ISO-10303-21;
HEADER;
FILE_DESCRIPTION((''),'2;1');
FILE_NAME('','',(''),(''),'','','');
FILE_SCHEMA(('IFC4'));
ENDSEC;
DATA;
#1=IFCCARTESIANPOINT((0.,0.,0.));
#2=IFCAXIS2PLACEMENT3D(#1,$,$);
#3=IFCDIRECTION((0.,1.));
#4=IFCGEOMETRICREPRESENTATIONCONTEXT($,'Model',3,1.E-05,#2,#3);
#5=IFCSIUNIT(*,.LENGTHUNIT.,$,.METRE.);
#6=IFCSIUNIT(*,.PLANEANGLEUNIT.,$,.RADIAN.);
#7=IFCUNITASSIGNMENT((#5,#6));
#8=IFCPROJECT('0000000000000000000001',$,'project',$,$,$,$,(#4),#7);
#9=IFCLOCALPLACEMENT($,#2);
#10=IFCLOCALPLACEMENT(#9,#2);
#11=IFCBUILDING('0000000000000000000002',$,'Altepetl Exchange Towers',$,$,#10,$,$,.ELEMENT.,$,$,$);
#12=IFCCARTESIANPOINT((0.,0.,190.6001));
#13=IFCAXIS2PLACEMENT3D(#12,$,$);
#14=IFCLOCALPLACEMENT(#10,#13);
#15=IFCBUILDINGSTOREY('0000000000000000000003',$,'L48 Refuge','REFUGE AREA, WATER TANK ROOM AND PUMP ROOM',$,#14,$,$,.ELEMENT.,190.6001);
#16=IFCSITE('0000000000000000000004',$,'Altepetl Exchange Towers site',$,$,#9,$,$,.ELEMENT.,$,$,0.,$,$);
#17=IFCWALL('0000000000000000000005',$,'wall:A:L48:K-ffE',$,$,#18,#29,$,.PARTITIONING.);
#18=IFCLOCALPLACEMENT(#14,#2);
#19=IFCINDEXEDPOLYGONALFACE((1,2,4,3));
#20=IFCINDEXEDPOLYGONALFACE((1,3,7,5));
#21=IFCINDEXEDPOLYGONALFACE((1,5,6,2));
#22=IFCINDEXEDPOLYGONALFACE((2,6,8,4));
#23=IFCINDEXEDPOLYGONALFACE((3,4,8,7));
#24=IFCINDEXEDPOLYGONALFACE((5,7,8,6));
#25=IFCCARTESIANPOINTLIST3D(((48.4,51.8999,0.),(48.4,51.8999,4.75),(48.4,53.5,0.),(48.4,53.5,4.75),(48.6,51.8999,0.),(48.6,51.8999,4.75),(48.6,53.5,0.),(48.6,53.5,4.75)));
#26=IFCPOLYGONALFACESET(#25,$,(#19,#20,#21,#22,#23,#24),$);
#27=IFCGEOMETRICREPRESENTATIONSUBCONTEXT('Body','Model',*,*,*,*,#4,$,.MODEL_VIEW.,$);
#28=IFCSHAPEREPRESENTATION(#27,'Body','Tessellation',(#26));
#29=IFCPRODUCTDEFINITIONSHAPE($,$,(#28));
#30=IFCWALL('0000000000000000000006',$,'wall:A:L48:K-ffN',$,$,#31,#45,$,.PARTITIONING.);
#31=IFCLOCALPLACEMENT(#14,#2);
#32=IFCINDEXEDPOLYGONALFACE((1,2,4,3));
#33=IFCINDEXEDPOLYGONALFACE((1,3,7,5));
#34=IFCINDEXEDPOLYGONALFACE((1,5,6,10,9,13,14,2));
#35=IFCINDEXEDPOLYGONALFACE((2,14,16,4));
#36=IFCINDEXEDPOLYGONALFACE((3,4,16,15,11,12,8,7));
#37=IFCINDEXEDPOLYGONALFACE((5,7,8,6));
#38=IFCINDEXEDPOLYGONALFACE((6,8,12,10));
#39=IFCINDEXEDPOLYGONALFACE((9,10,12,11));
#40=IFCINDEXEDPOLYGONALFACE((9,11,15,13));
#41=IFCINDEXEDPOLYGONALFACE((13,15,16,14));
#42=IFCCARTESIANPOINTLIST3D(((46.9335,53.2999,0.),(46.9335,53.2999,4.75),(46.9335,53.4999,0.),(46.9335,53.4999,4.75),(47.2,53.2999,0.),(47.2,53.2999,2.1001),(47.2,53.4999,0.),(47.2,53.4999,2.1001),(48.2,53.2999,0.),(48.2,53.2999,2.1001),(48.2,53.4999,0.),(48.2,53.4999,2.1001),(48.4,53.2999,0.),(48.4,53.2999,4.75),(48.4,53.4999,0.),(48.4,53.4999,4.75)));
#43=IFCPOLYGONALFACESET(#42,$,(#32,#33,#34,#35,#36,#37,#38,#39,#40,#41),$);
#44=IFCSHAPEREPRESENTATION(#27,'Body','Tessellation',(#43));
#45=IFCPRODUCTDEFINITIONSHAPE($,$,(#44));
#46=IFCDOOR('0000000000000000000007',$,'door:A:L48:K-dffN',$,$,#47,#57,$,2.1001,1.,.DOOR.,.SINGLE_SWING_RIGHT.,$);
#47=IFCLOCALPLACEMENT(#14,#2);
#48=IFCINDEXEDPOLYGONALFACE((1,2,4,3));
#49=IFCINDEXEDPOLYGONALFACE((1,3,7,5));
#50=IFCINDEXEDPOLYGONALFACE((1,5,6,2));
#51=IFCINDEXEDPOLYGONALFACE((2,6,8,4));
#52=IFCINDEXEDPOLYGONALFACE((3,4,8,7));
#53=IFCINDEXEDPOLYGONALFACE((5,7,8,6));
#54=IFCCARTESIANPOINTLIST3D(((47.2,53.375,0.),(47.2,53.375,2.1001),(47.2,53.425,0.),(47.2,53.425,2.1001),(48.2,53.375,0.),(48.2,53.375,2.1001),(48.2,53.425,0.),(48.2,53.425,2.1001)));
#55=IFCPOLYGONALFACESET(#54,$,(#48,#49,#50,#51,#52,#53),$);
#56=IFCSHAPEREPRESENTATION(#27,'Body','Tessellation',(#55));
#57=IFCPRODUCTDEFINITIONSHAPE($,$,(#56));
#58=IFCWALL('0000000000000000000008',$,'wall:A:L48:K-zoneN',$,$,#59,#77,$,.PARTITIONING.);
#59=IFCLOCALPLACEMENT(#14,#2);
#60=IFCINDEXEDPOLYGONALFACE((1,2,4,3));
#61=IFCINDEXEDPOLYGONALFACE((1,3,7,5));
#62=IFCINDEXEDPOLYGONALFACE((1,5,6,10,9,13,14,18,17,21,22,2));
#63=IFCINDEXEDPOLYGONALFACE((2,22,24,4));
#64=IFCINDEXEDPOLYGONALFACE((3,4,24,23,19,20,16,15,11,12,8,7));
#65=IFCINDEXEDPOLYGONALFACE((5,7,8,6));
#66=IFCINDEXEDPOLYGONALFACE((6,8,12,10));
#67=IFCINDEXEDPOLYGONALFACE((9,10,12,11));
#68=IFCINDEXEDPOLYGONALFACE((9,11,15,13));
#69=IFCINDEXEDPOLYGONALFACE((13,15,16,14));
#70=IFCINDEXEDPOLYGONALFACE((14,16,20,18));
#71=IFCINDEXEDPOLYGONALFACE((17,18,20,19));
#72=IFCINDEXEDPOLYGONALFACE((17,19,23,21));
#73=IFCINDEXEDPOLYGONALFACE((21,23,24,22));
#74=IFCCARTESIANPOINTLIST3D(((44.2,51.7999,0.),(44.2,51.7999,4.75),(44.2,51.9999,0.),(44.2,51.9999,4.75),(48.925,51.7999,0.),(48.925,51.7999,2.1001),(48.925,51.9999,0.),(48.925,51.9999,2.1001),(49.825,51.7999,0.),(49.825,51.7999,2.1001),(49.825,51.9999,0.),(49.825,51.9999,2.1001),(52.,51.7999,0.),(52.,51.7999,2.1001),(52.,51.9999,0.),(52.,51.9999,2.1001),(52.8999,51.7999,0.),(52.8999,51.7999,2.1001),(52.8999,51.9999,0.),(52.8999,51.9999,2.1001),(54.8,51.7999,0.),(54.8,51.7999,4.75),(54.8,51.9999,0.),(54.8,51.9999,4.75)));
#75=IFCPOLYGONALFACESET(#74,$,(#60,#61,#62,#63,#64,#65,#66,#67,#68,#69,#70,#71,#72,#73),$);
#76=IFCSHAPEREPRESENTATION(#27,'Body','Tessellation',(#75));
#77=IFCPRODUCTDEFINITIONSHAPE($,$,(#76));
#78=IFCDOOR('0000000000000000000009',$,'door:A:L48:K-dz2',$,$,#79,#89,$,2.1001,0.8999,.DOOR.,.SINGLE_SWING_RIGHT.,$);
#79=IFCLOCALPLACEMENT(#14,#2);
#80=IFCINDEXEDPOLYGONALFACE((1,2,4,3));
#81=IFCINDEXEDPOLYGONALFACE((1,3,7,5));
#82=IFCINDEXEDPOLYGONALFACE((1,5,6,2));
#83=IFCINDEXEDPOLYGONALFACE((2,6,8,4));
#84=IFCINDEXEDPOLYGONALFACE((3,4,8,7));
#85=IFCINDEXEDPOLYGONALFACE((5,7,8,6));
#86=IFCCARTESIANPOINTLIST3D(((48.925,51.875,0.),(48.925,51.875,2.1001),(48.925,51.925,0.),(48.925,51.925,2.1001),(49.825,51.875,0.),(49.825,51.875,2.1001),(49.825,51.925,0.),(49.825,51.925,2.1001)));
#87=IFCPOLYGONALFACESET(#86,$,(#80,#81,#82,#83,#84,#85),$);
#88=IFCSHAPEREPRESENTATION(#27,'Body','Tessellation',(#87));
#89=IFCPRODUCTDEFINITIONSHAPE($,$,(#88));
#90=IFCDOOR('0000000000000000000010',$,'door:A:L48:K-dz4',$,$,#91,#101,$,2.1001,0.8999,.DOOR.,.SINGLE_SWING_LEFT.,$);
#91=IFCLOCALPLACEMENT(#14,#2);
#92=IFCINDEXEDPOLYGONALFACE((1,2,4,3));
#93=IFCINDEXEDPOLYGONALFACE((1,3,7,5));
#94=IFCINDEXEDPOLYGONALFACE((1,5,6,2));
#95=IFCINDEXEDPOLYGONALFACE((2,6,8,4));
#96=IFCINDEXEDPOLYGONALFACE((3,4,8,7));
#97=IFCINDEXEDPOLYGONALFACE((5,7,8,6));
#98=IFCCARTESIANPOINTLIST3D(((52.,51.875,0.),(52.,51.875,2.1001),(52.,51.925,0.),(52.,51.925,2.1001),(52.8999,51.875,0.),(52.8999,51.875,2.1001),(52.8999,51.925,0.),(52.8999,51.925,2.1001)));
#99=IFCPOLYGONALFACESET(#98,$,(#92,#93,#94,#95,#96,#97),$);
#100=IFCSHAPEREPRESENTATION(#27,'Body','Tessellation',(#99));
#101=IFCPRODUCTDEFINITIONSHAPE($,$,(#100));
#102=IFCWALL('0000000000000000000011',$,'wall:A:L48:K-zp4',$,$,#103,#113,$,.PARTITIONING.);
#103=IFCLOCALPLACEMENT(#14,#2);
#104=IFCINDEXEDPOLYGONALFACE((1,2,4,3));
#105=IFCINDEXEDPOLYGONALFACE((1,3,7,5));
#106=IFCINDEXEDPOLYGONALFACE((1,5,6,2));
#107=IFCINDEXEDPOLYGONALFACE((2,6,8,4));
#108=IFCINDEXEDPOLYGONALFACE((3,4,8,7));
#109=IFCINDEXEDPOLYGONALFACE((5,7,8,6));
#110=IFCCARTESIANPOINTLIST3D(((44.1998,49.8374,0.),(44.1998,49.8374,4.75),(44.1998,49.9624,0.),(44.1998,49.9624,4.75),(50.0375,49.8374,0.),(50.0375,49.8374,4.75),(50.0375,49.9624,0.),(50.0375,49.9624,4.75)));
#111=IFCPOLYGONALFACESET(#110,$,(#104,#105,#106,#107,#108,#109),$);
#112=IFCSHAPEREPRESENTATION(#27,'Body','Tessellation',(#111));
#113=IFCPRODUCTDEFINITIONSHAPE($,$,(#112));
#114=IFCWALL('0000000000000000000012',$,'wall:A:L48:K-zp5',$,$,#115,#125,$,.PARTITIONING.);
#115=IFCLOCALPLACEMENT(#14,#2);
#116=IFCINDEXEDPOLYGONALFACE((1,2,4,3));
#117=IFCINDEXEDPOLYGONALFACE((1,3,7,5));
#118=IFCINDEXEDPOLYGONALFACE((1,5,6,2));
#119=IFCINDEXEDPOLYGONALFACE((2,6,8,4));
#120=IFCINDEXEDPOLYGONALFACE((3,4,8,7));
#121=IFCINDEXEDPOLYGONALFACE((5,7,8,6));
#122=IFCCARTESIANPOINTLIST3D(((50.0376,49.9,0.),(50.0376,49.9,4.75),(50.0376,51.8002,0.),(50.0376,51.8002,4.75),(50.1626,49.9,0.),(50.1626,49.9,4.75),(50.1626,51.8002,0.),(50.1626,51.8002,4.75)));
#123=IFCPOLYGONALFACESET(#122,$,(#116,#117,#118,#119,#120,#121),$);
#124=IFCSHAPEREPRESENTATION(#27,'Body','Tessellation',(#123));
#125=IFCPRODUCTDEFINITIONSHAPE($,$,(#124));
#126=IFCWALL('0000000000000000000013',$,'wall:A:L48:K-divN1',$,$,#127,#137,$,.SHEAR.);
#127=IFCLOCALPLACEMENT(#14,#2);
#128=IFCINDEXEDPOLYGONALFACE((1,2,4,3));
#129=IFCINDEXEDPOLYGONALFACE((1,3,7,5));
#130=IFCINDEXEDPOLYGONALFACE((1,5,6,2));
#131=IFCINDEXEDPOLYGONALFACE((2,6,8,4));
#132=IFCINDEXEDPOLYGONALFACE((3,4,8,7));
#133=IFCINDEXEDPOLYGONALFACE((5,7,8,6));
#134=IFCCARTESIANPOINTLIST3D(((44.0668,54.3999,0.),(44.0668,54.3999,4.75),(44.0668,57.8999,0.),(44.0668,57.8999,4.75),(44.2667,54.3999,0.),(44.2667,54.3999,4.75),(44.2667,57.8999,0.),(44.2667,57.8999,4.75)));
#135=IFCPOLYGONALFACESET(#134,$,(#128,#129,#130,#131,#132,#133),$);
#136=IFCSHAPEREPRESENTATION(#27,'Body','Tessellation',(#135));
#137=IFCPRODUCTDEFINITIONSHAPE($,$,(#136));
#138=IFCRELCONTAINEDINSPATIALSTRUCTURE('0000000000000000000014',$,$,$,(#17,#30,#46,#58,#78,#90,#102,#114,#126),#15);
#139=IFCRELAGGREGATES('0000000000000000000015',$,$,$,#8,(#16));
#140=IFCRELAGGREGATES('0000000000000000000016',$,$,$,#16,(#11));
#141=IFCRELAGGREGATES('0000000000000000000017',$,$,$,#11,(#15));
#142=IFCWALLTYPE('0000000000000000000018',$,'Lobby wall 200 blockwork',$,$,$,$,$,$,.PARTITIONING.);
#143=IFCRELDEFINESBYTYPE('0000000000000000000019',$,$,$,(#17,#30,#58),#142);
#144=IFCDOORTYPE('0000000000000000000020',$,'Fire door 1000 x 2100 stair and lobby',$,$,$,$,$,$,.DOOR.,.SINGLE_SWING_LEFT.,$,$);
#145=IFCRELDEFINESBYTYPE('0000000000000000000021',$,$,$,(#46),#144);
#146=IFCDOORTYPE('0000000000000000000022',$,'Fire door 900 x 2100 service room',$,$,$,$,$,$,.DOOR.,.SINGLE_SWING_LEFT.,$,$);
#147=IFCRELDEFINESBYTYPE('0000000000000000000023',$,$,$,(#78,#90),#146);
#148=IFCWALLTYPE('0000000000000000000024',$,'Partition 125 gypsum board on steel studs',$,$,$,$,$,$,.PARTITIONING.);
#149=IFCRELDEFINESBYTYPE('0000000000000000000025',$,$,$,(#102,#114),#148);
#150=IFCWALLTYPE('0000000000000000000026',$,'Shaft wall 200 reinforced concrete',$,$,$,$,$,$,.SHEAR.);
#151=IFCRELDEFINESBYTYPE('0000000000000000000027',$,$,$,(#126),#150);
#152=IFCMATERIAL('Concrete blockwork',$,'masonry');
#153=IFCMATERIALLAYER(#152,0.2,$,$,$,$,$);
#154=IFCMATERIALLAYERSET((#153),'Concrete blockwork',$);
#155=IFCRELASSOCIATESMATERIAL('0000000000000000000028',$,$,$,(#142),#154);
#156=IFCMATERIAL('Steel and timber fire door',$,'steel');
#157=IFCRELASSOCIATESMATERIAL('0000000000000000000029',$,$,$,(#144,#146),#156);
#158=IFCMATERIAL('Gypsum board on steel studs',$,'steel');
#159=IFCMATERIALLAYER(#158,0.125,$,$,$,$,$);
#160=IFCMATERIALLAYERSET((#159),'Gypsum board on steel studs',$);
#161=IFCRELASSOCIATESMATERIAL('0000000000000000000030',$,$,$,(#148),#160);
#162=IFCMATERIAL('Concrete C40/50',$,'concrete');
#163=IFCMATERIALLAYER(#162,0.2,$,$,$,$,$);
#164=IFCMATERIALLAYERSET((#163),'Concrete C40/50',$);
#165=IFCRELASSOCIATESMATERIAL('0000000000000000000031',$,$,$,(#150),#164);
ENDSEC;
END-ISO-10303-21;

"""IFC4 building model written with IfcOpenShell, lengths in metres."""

from ifc_helpers import new_model, si_unit, direction, frame, frame_2d, origin, place, context, subcontext, project, spatial, rectangle, extrude, material, layer, layer_set, type_object, element, fill, save


model = new_model("IFC4")

# Units and contexts
model_context = context("Model", 3, precision=1e-05, world=origin(), true_north=direction((0.0, 1.0)))
body_context = subcontext(model_context, "Body", "Model", "MODEL_VIEW")
ifc_project = project(units=[si_unit("LENGTHUNIT", "METRE"), si_unit("PLANEANGLEUNIT", "RADIAN")], contexts=[model_context])

# Site, building, storey
site_placement = place(None, origin())
site = spatial("IfcSite", under=ifc_project, at=site_placement, Name="Altepetl Exchange Towers site", CompositionType="ELEMENT", RefElevation=0.0)
building_placement = place(site_placement, origin())
building = spatial("IfcBuilding", under=site, at=building_placement, Name="Altepetl Exchange Towers", CompositionType="ELEMENT")
storey_placement = place(building_placement, frame((0.0, 0.0, 190.6001)))
storey = spatial("IfcBuildingStorey", under=building, at=storey_placement, Name="L48 Refuge", Description="REFUGE AREA, WATER TANK ROOM AND PUMP ROOM", CompositionType="ELEMENT", Elevation=190.6001)

# Wall
ifc_material_1 = material(Name="Concrete blockwork", Category="masonry")
ifc_layer_1 = layer(ifc_material_1, 0.2)
ifc_layer_set_1 = layer_set([ifc_layer_1], Name="Concrete blockwork")
wall_type_1 = type_object("IfcWallType", Name="Lobby wall 200 blockwork", PredefinedType="PARTITIONING", material=ifc_layer_set_1)
wall_1_placement = place(storey_placement, frame((48.5, 51.8999, 0.0), z_axis=(0.0, 0.0, 1.0), x_axis=(0.0, 1.0, 0.0)))
element("IfcWall", 1, at=wall_1_placement, inside=storey, type_object=wall_type_1, Name="wall:A:L48:K-ffE", PredefinedType="PARTITIONING", context=body_context, shape_type="SweptSolid", body=[
    extrude(rectangle(XDim=1.6001, YDim=0.2, at=frame_2d((0.8, 0.0))), origin(), (0.0, 0.0, 1.0), 4.75),
])

# Wall, opening, door
wall_2_placement = place(storey_placement, frame((46.9333, 53.3999, 0.0)))
wall_2 = element("IfcWall", 2, at=wall_2_placement, inside=storey, type_object=wall_type_1, Name="wall:A:L48:K-ffN", PredefinedType="PARTITIONING", context=body_context, shape_type="SweptSolid", body=[
    extrude(rectangle(XDim=1.4666, YDim=0.2, at=frame_2d((0.7334, 0.0))), origin(), (0.0, 0.0, 1.0), 4.75),
])
opening_1_placement = place(wall_2_placement, frame((0.2666, 0.0, 0.0)))
opening_1 = element("IfcOpeningElement", 3, at=opening_1_placement, cuts=wall_2, PredefinedType="OPENING", context=body_context, shape_type="SweptSolid", body=[
    extrude(rectangle(XDim=1.0, YDim=2.1001, at=frame_2d((0.5, 1.05))), frame((0.0, 0.1099, 0.0), z_axis=(0.0, -1.0, 0.0), x_axis=(1.0, 0.0, 0.0)), (0.0, 0.0, 1.0), 0.22),
])
ifc_material_2 = material(Name="Steel and timber fire door", Category="steel")
door_type_1 = type_object("IfcDoorType", Name="Fire door 1000 x 2100 stair and lobby", OperationType="SINGLE_SWING_LEFT", PredefinedType="DOOR", material=ifc_material_2)
door_1_placement = place(opening_1_placement, frame((1.0, 0.0, 0.0), x_axis=(-1.0, 0.0, 0.0)))
door_1 = element("IfcDoor", 4, at=door_1_placement, inside=storey, type_object=door_type_1, Name="door:A:L48:K-dffN", OperationType="SINGLE_SWING_RIGHT", OverallHeight=2.1001, OverallWidth=1.0, PredefinedType="DOOR", context=body_context, shape_type="SweptSolid", body=[
    extrude(rectangle(XDim=1.0, YDim=2.1001, at=frame_2d((0.5, 1.05))), frame((0.0, 0.0249, 0.0), z_axis=(0.0, -1.0, 0.0), x_axis=(1.0, 0.0, 0.0)), (0.0, 0.0, 1.0), 0.05),
])
fill(opening_1, door_1)

# Wall, openings, doors
wall_3_placement = place(storey_placement, frame((44.2, 51.8999, 0.0)))
wall_3 = element("IfcWall", 5, at=wall_3_placement, inside=storey, type_object=wall_type_1, Name="wall:A:L48:K-zoneN", PredefinedType="PARTITIONING", context=body_context, shape_type="SweptSolid", body=[
    extrude(rectangle(XDim=10.6001, YDim=0.2, at=frame_2d((5.3, 0.0))), origin(), (0.0, 0.0, 1.0), 4.75),
])
opening_2_placement = place(wall_3_placement, frame((4.7251, 0.0, 0.0)))
opening_2 = element("IfcOpeningElement", 6, at=opening_2_placement, cuts=wall_3, PredefinedType="OPENING", context=body_context, shape_type="SweptSolid", body=[
    extrude(rectangle(XDim=0.8999, YDim=2.1001, at=frame_2d((0.45, 1.05))), frame((0.0, 0.1099, 0.0), z_axis=(0.0, -1.0, 0.0), x_axis=(1.0, 0.0, 0.0)), (0.0, 0.0, 1.0), 0.22),
])
opening_3_placement = place(wall_3_placement, frame((7.8, 0.0, 0.0)))
opening_3 = element("IfcOpeningElement", 7, at=opening_3_placement, cuts=wall_3, PredefinedType="OPENING", context=body_context, shape_type="SweptSolid", body=[
    extrude(rectangle(XDim=0.8999, YDim=2.1001, at=frame_2d((0.45, 1.05))), frame((0.0, 0.1099, 0.0), z_axis=(0.0, -1.0, 0.0), x_axis=(1.0, 0.0, 0.0)), (0.0, 0.0, 1.0), 0.22),
])
door_type_2 = type_object("IfcDoorType", Name="Fire door 900 x 2100 service room", OperationType="SINGLE_SWING_LEFT", PredefinedType="DOOR", material=ifc_material_2)
door_2_placement = place(opening_2_placement, frame((0.8999, 0.0, 0.0), x_axis=(-1.0, 0.0, 0.0)))
door_2 = element("IfcDoor", 8, at=door_2_placement, inside=storey, type_object=door_type_2, Name="door:A:L48:K-dz2", OperationType="SINGLE_SWING_RIGHT", OverallHeight=2.1001, OverallWidth=0.8999, PredefinedType="DOOR", context=body_context, shape_type="SweptSolid", body=[
    extrude(rectangle(XDim=0.8999, YDim=2.1001, at=frame_2d((0.45, 1.05))), frame((0.0, 0.0249, 0.0), z_axis=(0.0, -1.0, 0.0), x_axis=(1.0, 0.0, 0.0)), (0.0, 0.0, 1.0), 0.05),
])
fill(opening_2, door_2)
door_3_placement = place(opening_3_placement, frame((0.8999, 0.0, 0.0), x_axis=(-1.0, 0.0, 0.0)))
door_3 = element("IfcDoor", 9, at=door_3_placement, inside=storey, type_object=door_type_2, Name="door:A:L48:K-dz4", OperationType="SINGLE_SWING_LEFT", OverallHeight=2.1001, OverallWidth=0.8999, PredefinedType="DOOR", context=body_context, shape_type="SweptSolid", body=[
    extrude(rectangle(XDim=0.8999, YDim=2.1001, at=frame_2d((0.45, 1.05))), frame((0.0, 0.0249, 0.0), z_axis=(0.0, -1.0, 0.0), x_axis=(1.0, 0.0, 0.0)), (0.0, 0.0, 1.0), 0.05),
])
fill(opening_3, door_3)

# Walls
ifc_material_3 = material(Name="Gypsum board on steel studs", Category="steel")
ifc_layer_2 = layer(ifc_material_3, 0.125)
ifc_layer_set_2 = layer_set([ifc_layer_2], Name="Gypsum board on steel studs")
wall_type_2 = type_object("IfcWallType", Name="Partition 125 gypsum board on steel studs", PredefinedType="PARTITIONING", material=ifc_layer_set_2)
wall_4_placement = place(storey_placement, frame((50.0376, 49.8999, 0.0), z_axis=(0.0, 0.0, 1.0), x_axis=(-1.0, 0.0, 0.0)))
element("IfcWall", 10, at=wall_4_placement, inside=storey, type_object=wall_type_2, Name="wall:A:L48:K-zp4", PredefinedType="PARTITIONING", context=body_context, shape_type="SweptSolid", body=[
    extrude(rectangle(XDim=5.8376, YDim=0.125, at=frame_2d((2.9189, 0.0))), origin(), (0.0, 0.0, 1.0), 4.75),
])
wall_5_placement = place(storey_placement, frame((50.1001, 49.8999, 0.0), z_axis=(0.0, 0.0, 1.0), x_axis=(0.0, 1.0, 0.0)))
element("IfcWall", 11, at=wall_5_placement, inside=storey, type_object=wall_type_2, Name="wall:A:L48:K-zp5", PredefinedType="PARTITIONING", context=body_context, shape_type="SweptSolid", body=[
    extrude(rectangle(XDim=1.9001, YDim=0.125, at=frame_2d((0.9502, 0.0))), origin(), (0.0, 0.0, 1.0), 4.75),
])
ifc_material_4 = material(Name="Concrete C40/50", Category="concrete")
ifc_layer_3 = layer(ifc_material_4, 0.2)
ifc_layer_set_3 = layer_set([ifc_layer_3], Name="Concrete C40/50")
wall_type_3 = type_object("IfcWallType", Name="Shaft wall 200 reinforced concrete", PredefinedType="SHEAR", material=ifc_layer_set_3)
wall_6_placement = place(storey_placement, frame((44.1667, 57.8999, 0.0), z_axis=(0.0, 0.0, 1.0), x_axis=(0.0, -1.0, 0.0)))
element("IfcWall", 12, at=wall_6_placement, inside=storey, type_object=wall_type_3, Name="wall:A:L48:K-divN1", PredefinedType="SHEAR", context=body_context, shape_type="SweptSolid", body=[
    extrude(rectangle(XDim=3.5, YDim=0.2, at=frame_2d((1.75, 0.0))), origin(), (0.0, 0.0, 1.0), 4.75),
])

save(model, "model.ifc")
